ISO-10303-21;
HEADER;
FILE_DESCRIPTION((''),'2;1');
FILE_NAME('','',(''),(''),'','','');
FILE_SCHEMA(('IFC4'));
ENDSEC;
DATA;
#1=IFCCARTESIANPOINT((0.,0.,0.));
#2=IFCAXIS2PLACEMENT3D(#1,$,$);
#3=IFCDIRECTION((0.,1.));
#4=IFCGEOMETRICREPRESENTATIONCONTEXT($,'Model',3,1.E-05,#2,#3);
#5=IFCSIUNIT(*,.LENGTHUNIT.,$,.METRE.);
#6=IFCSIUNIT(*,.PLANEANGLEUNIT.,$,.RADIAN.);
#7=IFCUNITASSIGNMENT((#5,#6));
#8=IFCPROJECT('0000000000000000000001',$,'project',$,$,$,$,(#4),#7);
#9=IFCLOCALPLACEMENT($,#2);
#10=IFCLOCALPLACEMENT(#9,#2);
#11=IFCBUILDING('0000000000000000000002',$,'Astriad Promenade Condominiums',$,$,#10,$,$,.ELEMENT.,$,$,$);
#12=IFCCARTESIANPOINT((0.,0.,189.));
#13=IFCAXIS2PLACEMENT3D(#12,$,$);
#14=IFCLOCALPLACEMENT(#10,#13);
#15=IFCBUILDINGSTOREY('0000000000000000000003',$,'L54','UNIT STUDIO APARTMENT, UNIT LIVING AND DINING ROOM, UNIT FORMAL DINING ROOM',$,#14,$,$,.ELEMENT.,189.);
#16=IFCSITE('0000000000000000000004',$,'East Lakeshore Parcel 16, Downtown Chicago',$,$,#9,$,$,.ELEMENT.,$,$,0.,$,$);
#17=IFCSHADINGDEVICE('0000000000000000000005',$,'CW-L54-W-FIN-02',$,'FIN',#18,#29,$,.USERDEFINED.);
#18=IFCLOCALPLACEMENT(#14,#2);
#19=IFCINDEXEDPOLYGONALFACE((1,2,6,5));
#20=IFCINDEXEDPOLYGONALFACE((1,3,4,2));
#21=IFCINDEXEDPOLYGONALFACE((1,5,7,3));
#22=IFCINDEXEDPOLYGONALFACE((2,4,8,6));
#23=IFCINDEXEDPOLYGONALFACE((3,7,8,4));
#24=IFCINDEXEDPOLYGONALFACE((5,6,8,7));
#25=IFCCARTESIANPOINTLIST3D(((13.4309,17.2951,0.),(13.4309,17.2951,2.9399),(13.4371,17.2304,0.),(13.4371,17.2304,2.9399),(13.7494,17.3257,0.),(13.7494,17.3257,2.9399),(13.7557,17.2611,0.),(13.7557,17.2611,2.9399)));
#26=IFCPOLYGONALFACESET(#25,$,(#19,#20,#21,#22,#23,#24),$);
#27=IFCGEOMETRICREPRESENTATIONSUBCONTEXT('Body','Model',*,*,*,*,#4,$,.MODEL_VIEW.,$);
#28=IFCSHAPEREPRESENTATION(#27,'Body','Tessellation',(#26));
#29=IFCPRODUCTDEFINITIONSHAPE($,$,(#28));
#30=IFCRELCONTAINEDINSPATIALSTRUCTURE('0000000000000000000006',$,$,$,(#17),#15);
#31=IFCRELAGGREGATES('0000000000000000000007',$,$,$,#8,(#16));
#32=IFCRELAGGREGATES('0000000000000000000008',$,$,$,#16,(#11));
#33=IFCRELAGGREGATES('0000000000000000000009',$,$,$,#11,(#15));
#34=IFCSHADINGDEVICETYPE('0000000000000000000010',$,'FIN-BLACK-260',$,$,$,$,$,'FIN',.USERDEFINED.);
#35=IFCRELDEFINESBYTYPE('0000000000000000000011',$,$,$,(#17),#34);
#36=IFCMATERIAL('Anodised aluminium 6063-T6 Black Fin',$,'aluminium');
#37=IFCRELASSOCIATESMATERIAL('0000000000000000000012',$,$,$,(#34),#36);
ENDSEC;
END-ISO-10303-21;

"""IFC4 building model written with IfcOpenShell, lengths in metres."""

from ifc_helpers import new_model, si_unit, direction, frame, origin, origin_2d, place, context, subcontext, project, spatial, rectangle, extrude, source, transform, mapped, material, type_object, type_shapes, element, save


model = new_model("IFC4")

# Units and contexts
model_context = context("Model", 3, precision=1e-05, world=origin(), true_north=direction((0.0, 1.0)))
body_context = subcontext(model_context, "Body", "Model", "MODEL_VIEW")
ifc_project = project(units=[si_unit("LENGTHUNIT", "METRE"), si_unit("PLANEANGLEUNIT", "RADIAN")], contexts=[model_context])

# Site, building, storey
site_placement = place(None, origin())
site = spatial("IfcSite", under=ifc_project, at=site_placement, Name="East Lakeshore Parcel 16, Downtown Chicago", CompositionType="ELEMENT", RefElevation=0.0)
building_placement = place(site_placement, origin())
building = spatial("IfcBuilding", under=site, at=building_placement, Name="Astriad Promenade Condominiums", CompositionType="ELEMENT")
storey_placement = place(building_placement, frame((0.0, 0.0, 189.0)))
storey = spatial("IfcBuildingStorey", under=building, at=storey_placement, Name="L54", Description="UNIT STUDIO APARTMENT, UNIT LIVING AND DINING ROOM, UNIT FORMAL DINING ROOM", CompositionType="ELEMENT", Elevation=189.0)

# Shading device
ifc_material_1 = material(Name="Anodised aluminium 6063-T6 Black Fin", Category="aluminium")
shading_device_type = type_object("IfcShadingDeviceType", Name="FIN-BLACK-260", ElementType="FIN", PredefinedType="USERDEFINED", material=ifc_material_1)
shared_shape_1 = source(origin(), body_context, "Body", "SweptSolid", [
    extrude(rectangle(XDim=0.0649, YDim=0.3201, at=origin_2d()), origin(), (0.0, 0.0, 1.0), 2.9399),
])
type_shapes(shading_device_type, [shared_shape_1])
shading_device_placement = place(storey_placement, frame((13.5933, 17.2781, 0.0), z_axis=(0.0, 0.0, 1.0), x_axis=(-0.095846, 0.995396, 0.0)))
element("IfcShadingDevice", 1, at=shading_device_placement, inside=storey, type_object=shading_device_type, Name="CW-L54-W-FIN-02", ObjectType="FIN", PredefinedType="USERDEFINED", context=body_context, shape_type="MappedRepresentation", body=[
    mapped(shared_shape_1, transform((0.0, 0.0, 0.0), scale=1.0)),
])

save(model, "model.ifc")
